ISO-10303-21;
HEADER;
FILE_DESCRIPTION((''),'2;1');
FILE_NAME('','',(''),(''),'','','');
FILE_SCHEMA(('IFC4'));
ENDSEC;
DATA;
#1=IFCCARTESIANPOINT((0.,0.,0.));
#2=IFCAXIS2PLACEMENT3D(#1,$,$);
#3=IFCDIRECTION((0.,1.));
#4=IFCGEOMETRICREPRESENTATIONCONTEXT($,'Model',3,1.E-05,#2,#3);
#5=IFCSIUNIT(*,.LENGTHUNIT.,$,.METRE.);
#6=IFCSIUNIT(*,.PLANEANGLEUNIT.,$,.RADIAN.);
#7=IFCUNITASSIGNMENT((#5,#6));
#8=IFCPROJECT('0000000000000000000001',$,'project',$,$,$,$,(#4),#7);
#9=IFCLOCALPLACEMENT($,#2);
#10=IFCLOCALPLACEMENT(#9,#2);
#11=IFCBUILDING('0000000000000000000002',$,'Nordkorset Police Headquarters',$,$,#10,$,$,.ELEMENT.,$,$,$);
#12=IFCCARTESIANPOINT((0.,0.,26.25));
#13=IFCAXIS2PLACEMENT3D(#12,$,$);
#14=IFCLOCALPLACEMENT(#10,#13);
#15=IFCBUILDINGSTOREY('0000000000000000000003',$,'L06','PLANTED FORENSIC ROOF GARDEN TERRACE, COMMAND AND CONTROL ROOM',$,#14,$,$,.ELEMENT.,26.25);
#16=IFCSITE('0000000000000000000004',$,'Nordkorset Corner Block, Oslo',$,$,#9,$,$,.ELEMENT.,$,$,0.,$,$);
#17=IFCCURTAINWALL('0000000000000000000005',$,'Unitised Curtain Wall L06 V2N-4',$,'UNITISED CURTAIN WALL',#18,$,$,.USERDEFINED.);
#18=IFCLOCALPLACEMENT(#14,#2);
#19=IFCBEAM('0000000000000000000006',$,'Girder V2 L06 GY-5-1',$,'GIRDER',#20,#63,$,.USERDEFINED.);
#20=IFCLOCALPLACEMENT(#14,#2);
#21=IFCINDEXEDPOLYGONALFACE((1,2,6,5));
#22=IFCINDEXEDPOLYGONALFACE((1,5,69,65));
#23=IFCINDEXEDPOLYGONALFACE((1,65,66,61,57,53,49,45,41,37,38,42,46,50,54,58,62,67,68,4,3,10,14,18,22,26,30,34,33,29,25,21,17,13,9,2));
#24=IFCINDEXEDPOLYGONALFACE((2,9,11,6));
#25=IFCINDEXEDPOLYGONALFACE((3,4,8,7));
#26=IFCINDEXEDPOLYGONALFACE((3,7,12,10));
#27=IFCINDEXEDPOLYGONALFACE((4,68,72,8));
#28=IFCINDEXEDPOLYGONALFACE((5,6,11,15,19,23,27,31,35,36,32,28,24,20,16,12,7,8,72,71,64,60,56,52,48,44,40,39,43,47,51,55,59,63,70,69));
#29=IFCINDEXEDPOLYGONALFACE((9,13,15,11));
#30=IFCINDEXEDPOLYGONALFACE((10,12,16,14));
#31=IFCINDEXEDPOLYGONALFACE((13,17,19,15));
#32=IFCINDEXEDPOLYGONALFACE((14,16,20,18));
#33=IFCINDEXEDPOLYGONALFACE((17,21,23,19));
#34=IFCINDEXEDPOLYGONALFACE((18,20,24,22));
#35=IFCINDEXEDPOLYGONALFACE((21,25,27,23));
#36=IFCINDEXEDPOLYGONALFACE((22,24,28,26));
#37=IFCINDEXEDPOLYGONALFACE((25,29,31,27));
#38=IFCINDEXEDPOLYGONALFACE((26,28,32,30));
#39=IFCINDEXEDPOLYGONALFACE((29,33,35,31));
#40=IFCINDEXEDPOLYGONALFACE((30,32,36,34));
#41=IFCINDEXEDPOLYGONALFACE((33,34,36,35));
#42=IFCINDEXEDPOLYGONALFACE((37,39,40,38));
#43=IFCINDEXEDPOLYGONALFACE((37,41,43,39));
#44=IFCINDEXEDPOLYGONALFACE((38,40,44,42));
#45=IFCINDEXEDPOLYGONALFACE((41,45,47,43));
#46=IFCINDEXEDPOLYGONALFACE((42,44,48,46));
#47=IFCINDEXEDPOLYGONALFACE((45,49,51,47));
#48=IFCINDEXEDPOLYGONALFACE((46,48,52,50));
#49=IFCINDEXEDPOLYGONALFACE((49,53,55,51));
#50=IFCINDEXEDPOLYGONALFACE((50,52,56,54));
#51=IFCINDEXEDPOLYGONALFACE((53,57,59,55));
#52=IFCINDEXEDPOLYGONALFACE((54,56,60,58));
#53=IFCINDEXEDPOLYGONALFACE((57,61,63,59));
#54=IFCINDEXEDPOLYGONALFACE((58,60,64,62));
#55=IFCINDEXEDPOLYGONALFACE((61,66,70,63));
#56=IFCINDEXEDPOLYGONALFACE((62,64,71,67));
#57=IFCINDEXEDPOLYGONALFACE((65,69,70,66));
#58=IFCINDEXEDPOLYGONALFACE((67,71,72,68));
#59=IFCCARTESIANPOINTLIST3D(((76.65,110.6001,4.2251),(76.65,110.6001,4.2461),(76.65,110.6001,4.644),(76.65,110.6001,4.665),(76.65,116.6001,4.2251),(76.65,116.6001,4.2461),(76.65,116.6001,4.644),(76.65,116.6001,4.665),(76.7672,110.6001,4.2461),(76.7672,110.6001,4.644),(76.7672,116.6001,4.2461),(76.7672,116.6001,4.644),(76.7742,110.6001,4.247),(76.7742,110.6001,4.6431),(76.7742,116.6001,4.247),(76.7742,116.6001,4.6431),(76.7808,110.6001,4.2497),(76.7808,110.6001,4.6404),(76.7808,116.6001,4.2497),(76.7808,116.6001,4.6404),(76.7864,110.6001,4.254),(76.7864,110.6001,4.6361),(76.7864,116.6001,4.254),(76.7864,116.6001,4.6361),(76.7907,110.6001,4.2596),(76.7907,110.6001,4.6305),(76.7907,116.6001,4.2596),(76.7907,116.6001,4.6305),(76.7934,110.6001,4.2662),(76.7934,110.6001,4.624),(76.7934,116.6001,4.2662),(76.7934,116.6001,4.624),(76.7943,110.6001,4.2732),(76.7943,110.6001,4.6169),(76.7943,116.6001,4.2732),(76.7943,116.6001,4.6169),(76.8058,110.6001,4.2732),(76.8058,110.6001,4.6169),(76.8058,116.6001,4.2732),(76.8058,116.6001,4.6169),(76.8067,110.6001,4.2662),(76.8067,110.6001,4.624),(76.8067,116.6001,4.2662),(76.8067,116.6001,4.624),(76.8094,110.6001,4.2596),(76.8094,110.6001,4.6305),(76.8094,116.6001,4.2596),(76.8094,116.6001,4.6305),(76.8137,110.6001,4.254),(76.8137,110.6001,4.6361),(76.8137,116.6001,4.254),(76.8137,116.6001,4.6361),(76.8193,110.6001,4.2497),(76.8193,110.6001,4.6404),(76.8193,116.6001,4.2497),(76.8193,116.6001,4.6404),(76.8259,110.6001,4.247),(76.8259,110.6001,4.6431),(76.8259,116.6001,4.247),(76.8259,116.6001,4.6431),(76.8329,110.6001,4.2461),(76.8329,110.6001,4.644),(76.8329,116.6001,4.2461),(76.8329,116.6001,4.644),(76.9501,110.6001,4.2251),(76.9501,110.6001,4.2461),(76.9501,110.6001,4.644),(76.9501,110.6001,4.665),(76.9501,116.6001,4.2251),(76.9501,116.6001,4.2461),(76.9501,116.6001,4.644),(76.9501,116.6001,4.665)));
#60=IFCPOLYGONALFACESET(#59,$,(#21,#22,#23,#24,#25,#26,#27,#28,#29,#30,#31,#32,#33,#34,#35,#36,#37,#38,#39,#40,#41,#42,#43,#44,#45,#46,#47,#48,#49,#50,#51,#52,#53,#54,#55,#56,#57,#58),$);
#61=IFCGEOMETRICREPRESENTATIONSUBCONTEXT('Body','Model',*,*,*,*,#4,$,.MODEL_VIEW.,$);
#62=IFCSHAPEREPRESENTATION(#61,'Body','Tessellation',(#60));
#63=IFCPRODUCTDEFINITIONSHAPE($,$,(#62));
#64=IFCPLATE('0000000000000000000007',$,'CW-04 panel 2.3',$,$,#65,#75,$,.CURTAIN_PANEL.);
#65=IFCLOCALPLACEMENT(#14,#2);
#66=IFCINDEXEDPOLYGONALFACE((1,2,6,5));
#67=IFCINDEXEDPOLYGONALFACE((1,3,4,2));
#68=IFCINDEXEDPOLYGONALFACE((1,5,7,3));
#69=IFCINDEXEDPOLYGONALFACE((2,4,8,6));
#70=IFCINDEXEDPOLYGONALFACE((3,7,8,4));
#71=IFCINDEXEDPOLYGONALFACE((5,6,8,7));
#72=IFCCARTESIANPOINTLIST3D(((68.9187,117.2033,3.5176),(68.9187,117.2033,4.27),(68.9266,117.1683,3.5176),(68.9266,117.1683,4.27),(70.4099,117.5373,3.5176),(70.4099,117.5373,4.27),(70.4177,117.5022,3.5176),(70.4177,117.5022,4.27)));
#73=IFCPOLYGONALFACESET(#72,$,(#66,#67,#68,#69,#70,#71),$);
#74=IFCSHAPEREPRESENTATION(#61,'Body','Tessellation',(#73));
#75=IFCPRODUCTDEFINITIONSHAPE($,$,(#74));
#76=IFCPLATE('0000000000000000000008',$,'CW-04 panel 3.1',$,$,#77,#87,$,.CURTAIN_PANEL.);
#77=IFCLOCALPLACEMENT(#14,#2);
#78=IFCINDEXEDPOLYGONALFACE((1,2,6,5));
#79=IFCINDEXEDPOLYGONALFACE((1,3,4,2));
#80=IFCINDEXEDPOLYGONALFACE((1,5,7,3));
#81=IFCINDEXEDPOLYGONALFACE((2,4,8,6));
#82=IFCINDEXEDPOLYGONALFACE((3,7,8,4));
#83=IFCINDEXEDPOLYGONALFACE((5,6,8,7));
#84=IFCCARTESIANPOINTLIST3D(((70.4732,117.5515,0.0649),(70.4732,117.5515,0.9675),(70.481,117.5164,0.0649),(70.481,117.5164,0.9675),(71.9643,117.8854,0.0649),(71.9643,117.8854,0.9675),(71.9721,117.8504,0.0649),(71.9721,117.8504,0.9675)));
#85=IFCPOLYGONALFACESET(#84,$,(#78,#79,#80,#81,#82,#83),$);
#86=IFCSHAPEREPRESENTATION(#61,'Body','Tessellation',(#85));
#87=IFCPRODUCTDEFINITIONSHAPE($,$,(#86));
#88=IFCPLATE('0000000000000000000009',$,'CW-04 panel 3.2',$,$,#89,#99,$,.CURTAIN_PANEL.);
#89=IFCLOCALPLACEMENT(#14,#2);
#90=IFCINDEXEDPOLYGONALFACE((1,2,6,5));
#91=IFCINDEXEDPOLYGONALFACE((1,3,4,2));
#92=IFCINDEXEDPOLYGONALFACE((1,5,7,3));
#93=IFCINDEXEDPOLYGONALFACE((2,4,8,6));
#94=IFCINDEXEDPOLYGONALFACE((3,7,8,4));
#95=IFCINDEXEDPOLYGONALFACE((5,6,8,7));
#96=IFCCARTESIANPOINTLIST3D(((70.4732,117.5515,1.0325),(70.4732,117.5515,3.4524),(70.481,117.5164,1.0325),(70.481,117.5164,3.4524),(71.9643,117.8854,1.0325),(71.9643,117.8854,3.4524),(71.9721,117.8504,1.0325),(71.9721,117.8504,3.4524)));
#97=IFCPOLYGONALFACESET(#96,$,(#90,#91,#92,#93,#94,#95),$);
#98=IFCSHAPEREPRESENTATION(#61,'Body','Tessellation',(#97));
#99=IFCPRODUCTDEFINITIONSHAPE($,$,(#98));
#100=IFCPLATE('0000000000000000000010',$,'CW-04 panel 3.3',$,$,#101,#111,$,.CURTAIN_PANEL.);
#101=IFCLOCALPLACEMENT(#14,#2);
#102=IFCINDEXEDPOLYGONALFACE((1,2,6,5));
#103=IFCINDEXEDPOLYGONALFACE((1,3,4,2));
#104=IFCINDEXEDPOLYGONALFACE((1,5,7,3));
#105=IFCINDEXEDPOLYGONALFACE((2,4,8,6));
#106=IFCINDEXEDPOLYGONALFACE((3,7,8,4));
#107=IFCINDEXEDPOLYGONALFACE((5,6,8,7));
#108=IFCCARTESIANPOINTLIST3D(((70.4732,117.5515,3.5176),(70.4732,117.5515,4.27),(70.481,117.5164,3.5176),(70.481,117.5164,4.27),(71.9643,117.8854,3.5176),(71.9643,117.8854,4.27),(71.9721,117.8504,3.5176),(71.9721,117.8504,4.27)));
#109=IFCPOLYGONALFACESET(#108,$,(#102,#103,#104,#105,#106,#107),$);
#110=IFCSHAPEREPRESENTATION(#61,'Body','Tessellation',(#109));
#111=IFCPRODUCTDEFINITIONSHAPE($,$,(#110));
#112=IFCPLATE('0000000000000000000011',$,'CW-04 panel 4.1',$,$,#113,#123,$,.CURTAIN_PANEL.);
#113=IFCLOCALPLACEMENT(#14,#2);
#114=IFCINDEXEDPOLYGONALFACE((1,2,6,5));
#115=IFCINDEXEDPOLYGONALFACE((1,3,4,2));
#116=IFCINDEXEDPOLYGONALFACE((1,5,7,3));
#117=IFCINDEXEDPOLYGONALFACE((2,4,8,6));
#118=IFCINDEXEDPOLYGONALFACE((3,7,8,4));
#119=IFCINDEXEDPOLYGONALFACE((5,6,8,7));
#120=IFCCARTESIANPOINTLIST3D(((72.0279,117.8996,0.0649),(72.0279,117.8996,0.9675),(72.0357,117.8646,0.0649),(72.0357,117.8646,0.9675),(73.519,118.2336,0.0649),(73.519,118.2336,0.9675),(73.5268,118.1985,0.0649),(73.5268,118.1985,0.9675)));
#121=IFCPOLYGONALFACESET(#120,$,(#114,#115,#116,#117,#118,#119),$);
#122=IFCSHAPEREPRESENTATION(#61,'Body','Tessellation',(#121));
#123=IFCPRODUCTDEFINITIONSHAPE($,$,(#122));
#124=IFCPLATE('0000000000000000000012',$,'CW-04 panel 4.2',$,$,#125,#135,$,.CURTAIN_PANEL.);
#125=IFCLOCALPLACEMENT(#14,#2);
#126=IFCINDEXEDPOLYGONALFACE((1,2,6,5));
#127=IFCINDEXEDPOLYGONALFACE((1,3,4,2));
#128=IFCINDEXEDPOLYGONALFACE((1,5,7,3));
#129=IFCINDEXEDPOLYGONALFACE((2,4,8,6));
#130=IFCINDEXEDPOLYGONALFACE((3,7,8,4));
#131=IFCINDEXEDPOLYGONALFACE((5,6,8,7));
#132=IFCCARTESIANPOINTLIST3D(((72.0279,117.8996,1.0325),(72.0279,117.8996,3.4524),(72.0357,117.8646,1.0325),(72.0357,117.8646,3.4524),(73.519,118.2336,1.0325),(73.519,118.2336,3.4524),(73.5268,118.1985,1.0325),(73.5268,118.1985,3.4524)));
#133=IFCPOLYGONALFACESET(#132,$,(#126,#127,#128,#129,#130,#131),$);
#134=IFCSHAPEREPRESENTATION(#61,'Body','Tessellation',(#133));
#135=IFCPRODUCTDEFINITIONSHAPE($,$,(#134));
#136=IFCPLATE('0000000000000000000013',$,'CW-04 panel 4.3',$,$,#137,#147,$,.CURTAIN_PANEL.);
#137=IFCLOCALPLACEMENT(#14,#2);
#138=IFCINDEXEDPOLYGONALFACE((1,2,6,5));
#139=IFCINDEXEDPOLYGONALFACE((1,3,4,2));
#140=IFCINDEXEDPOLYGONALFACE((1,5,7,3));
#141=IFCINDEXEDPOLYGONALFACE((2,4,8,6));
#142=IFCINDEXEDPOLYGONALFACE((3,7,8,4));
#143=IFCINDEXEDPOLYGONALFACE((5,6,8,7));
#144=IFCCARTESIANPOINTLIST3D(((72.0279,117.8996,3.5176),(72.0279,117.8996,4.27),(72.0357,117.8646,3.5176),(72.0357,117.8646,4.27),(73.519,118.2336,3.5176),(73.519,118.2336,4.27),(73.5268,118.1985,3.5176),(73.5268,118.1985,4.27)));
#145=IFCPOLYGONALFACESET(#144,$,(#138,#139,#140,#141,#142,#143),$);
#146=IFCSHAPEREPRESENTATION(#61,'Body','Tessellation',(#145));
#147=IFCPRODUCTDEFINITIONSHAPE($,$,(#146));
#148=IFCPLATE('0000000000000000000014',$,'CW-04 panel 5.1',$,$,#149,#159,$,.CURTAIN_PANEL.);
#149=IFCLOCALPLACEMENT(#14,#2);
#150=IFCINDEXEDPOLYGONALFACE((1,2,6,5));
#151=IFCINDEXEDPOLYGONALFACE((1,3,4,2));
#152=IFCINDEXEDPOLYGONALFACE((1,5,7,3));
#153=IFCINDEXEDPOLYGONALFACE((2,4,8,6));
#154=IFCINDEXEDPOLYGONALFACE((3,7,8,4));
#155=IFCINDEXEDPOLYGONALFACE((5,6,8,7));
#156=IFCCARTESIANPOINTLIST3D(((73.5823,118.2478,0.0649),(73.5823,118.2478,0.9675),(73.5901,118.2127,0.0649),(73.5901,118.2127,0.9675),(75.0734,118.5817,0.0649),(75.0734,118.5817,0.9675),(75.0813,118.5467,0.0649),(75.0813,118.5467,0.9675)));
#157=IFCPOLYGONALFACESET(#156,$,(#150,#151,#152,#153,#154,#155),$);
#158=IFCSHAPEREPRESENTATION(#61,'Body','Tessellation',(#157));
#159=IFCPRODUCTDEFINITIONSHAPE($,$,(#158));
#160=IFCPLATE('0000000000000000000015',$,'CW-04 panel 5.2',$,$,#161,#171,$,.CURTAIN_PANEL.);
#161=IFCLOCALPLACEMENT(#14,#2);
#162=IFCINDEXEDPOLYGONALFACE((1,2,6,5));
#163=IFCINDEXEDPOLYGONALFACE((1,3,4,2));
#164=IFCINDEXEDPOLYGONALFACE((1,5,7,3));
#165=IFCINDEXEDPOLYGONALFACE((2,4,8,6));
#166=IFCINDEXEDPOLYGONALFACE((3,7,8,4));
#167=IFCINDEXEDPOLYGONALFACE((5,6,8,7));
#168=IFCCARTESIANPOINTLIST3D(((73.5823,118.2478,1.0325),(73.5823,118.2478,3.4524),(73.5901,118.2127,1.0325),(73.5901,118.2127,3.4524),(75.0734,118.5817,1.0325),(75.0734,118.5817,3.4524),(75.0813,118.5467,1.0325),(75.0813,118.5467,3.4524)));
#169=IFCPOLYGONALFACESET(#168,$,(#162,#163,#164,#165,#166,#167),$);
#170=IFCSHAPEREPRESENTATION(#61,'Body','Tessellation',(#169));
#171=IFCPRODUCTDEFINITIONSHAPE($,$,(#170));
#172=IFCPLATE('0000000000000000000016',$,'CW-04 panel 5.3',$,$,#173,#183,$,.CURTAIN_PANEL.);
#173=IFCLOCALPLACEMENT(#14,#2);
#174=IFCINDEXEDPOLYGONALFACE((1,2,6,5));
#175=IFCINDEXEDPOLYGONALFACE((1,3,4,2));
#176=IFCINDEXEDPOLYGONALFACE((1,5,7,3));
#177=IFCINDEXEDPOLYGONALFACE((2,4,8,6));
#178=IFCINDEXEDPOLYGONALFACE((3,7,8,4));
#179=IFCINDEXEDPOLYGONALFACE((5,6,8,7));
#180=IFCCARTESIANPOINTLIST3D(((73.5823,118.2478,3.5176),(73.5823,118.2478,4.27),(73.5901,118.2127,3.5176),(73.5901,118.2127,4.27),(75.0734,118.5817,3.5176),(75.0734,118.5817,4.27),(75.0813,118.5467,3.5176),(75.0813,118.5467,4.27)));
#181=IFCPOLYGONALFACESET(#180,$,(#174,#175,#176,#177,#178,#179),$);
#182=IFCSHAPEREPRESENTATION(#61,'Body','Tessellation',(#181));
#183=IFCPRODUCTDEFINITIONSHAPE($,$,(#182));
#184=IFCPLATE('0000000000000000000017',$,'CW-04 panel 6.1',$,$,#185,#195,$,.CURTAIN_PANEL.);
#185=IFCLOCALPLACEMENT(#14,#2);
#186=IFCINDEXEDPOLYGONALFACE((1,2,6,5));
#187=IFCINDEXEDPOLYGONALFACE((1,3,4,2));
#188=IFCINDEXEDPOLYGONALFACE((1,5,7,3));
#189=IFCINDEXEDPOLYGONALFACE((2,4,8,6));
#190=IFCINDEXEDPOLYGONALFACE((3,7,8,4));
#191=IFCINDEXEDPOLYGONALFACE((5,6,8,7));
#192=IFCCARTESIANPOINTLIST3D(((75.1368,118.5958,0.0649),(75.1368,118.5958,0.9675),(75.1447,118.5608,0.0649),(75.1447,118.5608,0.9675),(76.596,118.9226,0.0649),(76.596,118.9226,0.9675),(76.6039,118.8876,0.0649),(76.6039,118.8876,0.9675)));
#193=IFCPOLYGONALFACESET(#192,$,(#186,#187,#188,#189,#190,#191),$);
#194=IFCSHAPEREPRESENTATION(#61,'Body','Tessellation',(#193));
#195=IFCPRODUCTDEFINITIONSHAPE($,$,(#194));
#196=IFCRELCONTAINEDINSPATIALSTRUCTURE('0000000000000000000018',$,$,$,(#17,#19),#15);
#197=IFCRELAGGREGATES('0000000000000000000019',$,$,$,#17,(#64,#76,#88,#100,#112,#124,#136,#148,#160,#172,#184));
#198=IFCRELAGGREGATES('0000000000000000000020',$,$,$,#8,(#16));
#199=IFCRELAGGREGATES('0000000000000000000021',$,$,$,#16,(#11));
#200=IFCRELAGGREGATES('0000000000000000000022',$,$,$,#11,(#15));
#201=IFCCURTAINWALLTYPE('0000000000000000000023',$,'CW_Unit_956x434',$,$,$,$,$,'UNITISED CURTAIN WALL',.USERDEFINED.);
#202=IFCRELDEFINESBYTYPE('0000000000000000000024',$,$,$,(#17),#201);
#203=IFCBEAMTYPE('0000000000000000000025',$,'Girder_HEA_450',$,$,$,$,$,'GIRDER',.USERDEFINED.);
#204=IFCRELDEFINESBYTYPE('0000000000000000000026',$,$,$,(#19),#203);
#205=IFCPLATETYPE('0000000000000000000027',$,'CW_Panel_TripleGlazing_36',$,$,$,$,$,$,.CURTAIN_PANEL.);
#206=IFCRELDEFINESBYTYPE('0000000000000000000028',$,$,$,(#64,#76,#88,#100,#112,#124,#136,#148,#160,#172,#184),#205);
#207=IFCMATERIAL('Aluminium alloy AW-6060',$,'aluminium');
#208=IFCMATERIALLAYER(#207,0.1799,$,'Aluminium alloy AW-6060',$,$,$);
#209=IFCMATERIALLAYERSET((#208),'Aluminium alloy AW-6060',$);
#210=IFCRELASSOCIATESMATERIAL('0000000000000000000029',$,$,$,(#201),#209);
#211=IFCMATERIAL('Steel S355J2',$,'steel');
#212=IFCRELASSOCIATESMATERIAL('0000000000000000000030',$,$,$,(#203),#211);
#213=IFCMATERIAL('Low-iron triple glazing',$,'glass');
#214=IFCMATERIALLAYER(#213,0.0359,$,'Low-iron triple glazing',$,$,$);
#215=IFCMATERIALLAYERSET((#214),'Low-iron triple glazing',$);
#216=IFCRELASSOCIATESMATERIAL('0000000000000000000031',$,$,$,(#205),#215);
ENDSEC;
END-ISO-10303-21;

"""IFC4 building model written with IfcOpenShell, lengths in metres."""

from ifc_helpers import new_model, si_unit, direction, frame, origin, origin_2d, place, context, subcontext, project, spatial, rectangle, i_section, extrude, material, layer, layer_set, material_profile, profile_set, type_object, element, aggregate, save


model = new_model("IFC4")

# Units and contexts
model_context = context("Model", 3, precision=1e-05, world=origin(), true_north=direction((0.0, 1.0)))
body_context = subcontext(model_context, "Body", "Model", "MODEL_VIEW")
ifc_project = project(units=[si_unit("LENGTHUNIT", "METRE"), si_unit("PLANEANGLEUNIT", "RADIAN")], contexts=[model_context])

# Site, building, storey
site_placement = place(None, origin())
site = spatial("IfcSite", under=ifc_project, at=site_placement, Name="Nordkorset Corner Block, Oslo", CompositionType="ELEMENT", RefElevation=0.0)
building_placement = place(site_placement, origin())
building = spatial("IfcBuilding", under=site, at=building_placement, Name="Nordkorset Police Headquarters", CompositionType="ELEMENT")
storey_placement = place(building_placement, frame((0.0, 0.0, 26.25)))
storey = spatial("IfcBuildingStorey", under=building, at=storey_placement, Name="L06", Description="PLANTED FORENSIC ROOF GARDEN TERRACE, COMMAND AND CONTROL ROOM", CompositionType="ELEMENT", Elevation=26.25)

# Curtain wall
ifc_material_1 = material(Name="Aluminium alloy AW-6060", Category="aluminium")
ifc_layer_1 = layer(ifc_material_1, 0.1799, Name="Aluminium alloy AW-6060")
ifc_layer_set_1 = layer_set([ifc_layer_1], Name="Aluminium alloy AW-6060")
curtain_wall_type_1 = type_object("IfcCurtainWallType", Name="CW_Unit_956x434", ElementType="UNITISED CURTAIN WALL", PredefinedType="USERDEFINED", material=ifc_layer_set_1)
curtain_wall_1_placement = place(storey_placement, origin())
curtain_wall_1 = element("IfcCurtainWall", 1, at=curtain_wall_1_placement, inside=storey, type_object=curtain_wall_type_1, Name="Unitised Curtain Wall L06 V2N-4", ObjectType="UNITISED CURTAIN WALL", PredefinedType="USERDEFINED")

# Beam
ifc_material_2 = material(Name="Steel S355J2", Category="steel")
ifc_material_profile_1 = material_profile(ifc_material_2, i_section(OverallWidth=0.3, OverallDepth=0.4399, WebThickness=0.0115, FlangeThickness=0.021, FilletRadius=0.0271, at=origin_2d()), Name="HEA 450")
ifc_profile_set_1 = profile_set([ifc_material_profile_1], Name="Steel S355J2")
beam_type = type_object("IfcBeamType", Name="Girder_HEA_450", ElementType="GIRDER", PredefinedType="USERDEFINED", material=ifc_profile_set_1)
beam_placement = place(storey_placement, frame((76.8, 110.6001, 4.4451), z_axis=(0.0, 1.0, 0.0), x_axis=(-1.0, 0.0, 0.0)))
element("IfcBeam", 2, at=beam_placement, inside=storey, type_object=beam_type, Name="Girder V2 L06 GY-5-1", ObjectType="GIRDER", PredefinedType="USERDEFINED", context=body_context, shape_type="SweptSolid", body=[
    extrude(i_section(OverallWidth=0.3, OverallDepth=0.4399, WebThickness=0.0115, FlangeThickness=0.021, FilletRadius=0.0271, at=origin_2d()), origin(), (0.0, 0.0, 1.0), 6.0),
])

# Plates
ifc_material_3 = material(Name="Low-iron triple glazing", Category="glass")
ifc_layer_2 = layer(ifc_material_3, 0.0359, Name="Low-iron triple glazing")
ifc_layer_set_2 = layer_set([ifc_layer_2], Name="Low-iron triple glazing")
plate_type = type_object("IfcPlateType", Name="CW_Panel_TripleGlazing_36", PredefinedType="CURTAIN_PANEL", material=ifc_layer_set_2)
plate_1_placement = place(storey_placement, frame((69.6682, 117.3528, 3.5176), z_axis=(0.0, 0.0, 1.0), x_axis=(0.975827, 0.218544, 0.0)))
plate_1 = element("IfcPlate", 3, at=plate_1_placement, type_object=plate_type, Name="CW-04 panel 2.3", PredefinedType="CURTAIN_PANEL", context=body_context, shape_type="SweptSolid", body=[
    extrude(rectangle(XDim=1.5281, YDim=0.0359, at=origin_2d()), origin(), (0.0, 0.0, 1.0), 0.7524),
])
plate_2_placement = place(storey_placement, frame((71.2227, 117.7009, 0.0649), z_axis=(0.0, 0.0, 1.0), x_axis=(0.975827, 0.218544, 0.0)))
plate_2 = element("IfcPlate", 4, at=plate_2_placement, type_object=plate_type, Name="CW-04 panel 3.1", PredefinedType="CURTAIN_PANEL", context=body_context, shape_type="SweptSolid", body=[
    extrude(rectangle(XDim=1.5281, YDim=0.0359, at=origin_2d()), origin(), (0.0, 0.0, 1.0), 0.9026),
])
plate_3_placement = place(storey_placement, frame((71.2227, 117.7009, 1.0325), z_axis=(0.0, 0.0, 1.0), x_axis=(0.975827, 0.218544, 0.0)))
plate_3 = element("IfcPlate", 5, at=plate_3_placement, type_object=plate_type, Name="CW-04 panel 3.2", PredefinedType="CURTAIN_PANEL", context=body_context, shape_type="SweptSolid", body=[
    extrude(rectangle(XDim=1.5281, YDim=0.0359, at=origin_2d()), origin(), (0.0, 0.0, 1.0), 2.4199),
])
plate_4_placement = place(storey_placement, frame((71.2227, 117.7009, 3.5176), z_axis=(0.0, 0.0, 1.0), x_axis=(0.975827, 0.218544, 0.0)))
plate_4 = element("IfcPlate", 6, at=plate_4_placement, type_object=plate_type, Name="CW-04 panel 3.3", PredefinedType="CURTAIN_PANEL", context=body_context, shape_type="SweptSolid", body=[
    extrude(rectangle(XDim=1.5281, YDim=0.0359, at=origin_2d()), origin(), (0.0, 0.0, 1.0), 0.7524),
])
plate_5_placement = place(storey_placement, frame((72.7773, 118.0491, 0.0649), z_axis=(0.0, 0.0, 1.0), x_axis=(0.975827, 0.218544, 0.0)))
plate_5 = element("IfcPlate", 7, at=plate_5_placement, type_object=plate_type, Name="CW-04 panel 4.1", PredefinedType="CURTAIN_PANEL", context=body_context, shape_type="SweptSolid", body=[
    extrude(rectangle(XDim=1.5281, YDim=0.0359, at=origin_2d()), origin(), (0.0, 0.0, 1.0), 0.9026),
])
plate_6_placement = place(storey_placement, frame((72.7773, 118.0491, 1.0325), z_axis=(0.0, 0.0, 1.0), x_axis=(0.975827, 0.218544, 0.0)))
plate_6 = element("IfcPlate", 8, at=plate_6_placement, type_object=plate_type, Name="CW-04 panel 4.2", PredefinedType="CURTAIN_PANEL", context=body_context, shape_type="SweptSolid", body=[
    extrude(rectangle(XDim=1.5281, YDim=0.0359, at=origin_2d()), origin(), (0.0, 0.0, 1.0), 2.4199),
])
plate_7_placement = place(storey_placement, frame((72.7773, 118.0491, 3.5176), z_axis=(0.0, 0.0, 1.0), x_axis=(0.975827, 0.218544, 0.0)))
plate_7 = element("IfcPlate", 9, at=plate_7_placement, type_object=plate_type, Name="CW-04 panel 4.3", PredefinedType="CURTAIN_PANEL", context=body_context, shape_type="SweptSolid", body=[
    extrude(rectangle(XDim=1.5281, YDim=0.0359, at=origin_2d()), origin(), (0.0, 0.0, 1.0), 0.7524),
])
plate_8_placement = place(storey_placement, frame((74.3318, 118.3972, 0.0649), z_axis=(0.0, 0.0, 1.0), x_axis=(0.975827, 0.218544, 0.0)))
plate_8 = element("IfcPlate", 10, at=plate_8_placement, type_object=plate_type, Name="CW-04 panel 5.1", PredefinedType="CURTAIN_PANEL", context=body_context, shape_type="SweptSolid", body=[
    extrude(rectangle(XDim=1.5281, YDim=0.0359, at=origin_2d()), origin(), (0.0, 0.0, 1.0), 0.9026),
])
plate_9_placement = place(storey_placement, frame((74.3318, 118.3972, 1.0325), z_axis=(0.0, 0.0, 1.0), x_axis=(0.975827, 0.218544, 0.0)))
plate_9 = element("IfcPlate", 11, at=plate_9_placement, type_object=plate_type, Name="CW-04 panel 5.2", PredefinedType="CURTAIN_PANEL", context=body_context, shape_type="SweptSolid", body=[
    extrude(rectangle(XDim=1.5281, YDim=0.0359, at=origin_2d()), origin(), (0.0, 0.0, 1.0), 2.4199),
])
plate_10_placement = place(storey_placement, frame((74.3318, 118.3972, 3.5176), z_axis=(0.0, 0.0, 1.0), x_axis=(0.975827, 0.218544, 0.0)))
plate_10 = element("IfcPlate", 12, at=plate_10_placement, type_object=plate_type, Name="CW-04 panel 5.3", PredefinedType="CURTAIN_PANEL", context=body_context, shape_type="SweptSolid", body=[
    extrude(rectangle(XDim=1.5281, YDim=0.0359, at=origin_2d()), origin(), (0.0, 0.0, 1.0), 0.7524),
])
plate_11_placement = place(storey_placement, frame((75.8704, 118.7417, 0.0649), z_axis=(0.0, 0.0, 1.0), x_axis=(0.975827, 0.218544, 0.0)))
plate_11 = element("IfcPlate", 13, at=plate_11_placement, type_object=plate_type, Name="CW-04 panel 6.1", PredefinedType="CURTAIN_PANEL", context=body_context, shape_type="SweptSolid", body=[
    extrude(rectangle(XDim=1.4954, YDim=0.0359, at=origin_2d()), origin(), (0.0, 0.0, 1.0), 0.9026),
])
aggregate(curtain_wall_1, [plate_1, plate_2, plate_3, plate_4, plate_5, plate_6, plate_7, plate_8, plate_9, plate_10, plate_11])

save(model, "model.ifc")
